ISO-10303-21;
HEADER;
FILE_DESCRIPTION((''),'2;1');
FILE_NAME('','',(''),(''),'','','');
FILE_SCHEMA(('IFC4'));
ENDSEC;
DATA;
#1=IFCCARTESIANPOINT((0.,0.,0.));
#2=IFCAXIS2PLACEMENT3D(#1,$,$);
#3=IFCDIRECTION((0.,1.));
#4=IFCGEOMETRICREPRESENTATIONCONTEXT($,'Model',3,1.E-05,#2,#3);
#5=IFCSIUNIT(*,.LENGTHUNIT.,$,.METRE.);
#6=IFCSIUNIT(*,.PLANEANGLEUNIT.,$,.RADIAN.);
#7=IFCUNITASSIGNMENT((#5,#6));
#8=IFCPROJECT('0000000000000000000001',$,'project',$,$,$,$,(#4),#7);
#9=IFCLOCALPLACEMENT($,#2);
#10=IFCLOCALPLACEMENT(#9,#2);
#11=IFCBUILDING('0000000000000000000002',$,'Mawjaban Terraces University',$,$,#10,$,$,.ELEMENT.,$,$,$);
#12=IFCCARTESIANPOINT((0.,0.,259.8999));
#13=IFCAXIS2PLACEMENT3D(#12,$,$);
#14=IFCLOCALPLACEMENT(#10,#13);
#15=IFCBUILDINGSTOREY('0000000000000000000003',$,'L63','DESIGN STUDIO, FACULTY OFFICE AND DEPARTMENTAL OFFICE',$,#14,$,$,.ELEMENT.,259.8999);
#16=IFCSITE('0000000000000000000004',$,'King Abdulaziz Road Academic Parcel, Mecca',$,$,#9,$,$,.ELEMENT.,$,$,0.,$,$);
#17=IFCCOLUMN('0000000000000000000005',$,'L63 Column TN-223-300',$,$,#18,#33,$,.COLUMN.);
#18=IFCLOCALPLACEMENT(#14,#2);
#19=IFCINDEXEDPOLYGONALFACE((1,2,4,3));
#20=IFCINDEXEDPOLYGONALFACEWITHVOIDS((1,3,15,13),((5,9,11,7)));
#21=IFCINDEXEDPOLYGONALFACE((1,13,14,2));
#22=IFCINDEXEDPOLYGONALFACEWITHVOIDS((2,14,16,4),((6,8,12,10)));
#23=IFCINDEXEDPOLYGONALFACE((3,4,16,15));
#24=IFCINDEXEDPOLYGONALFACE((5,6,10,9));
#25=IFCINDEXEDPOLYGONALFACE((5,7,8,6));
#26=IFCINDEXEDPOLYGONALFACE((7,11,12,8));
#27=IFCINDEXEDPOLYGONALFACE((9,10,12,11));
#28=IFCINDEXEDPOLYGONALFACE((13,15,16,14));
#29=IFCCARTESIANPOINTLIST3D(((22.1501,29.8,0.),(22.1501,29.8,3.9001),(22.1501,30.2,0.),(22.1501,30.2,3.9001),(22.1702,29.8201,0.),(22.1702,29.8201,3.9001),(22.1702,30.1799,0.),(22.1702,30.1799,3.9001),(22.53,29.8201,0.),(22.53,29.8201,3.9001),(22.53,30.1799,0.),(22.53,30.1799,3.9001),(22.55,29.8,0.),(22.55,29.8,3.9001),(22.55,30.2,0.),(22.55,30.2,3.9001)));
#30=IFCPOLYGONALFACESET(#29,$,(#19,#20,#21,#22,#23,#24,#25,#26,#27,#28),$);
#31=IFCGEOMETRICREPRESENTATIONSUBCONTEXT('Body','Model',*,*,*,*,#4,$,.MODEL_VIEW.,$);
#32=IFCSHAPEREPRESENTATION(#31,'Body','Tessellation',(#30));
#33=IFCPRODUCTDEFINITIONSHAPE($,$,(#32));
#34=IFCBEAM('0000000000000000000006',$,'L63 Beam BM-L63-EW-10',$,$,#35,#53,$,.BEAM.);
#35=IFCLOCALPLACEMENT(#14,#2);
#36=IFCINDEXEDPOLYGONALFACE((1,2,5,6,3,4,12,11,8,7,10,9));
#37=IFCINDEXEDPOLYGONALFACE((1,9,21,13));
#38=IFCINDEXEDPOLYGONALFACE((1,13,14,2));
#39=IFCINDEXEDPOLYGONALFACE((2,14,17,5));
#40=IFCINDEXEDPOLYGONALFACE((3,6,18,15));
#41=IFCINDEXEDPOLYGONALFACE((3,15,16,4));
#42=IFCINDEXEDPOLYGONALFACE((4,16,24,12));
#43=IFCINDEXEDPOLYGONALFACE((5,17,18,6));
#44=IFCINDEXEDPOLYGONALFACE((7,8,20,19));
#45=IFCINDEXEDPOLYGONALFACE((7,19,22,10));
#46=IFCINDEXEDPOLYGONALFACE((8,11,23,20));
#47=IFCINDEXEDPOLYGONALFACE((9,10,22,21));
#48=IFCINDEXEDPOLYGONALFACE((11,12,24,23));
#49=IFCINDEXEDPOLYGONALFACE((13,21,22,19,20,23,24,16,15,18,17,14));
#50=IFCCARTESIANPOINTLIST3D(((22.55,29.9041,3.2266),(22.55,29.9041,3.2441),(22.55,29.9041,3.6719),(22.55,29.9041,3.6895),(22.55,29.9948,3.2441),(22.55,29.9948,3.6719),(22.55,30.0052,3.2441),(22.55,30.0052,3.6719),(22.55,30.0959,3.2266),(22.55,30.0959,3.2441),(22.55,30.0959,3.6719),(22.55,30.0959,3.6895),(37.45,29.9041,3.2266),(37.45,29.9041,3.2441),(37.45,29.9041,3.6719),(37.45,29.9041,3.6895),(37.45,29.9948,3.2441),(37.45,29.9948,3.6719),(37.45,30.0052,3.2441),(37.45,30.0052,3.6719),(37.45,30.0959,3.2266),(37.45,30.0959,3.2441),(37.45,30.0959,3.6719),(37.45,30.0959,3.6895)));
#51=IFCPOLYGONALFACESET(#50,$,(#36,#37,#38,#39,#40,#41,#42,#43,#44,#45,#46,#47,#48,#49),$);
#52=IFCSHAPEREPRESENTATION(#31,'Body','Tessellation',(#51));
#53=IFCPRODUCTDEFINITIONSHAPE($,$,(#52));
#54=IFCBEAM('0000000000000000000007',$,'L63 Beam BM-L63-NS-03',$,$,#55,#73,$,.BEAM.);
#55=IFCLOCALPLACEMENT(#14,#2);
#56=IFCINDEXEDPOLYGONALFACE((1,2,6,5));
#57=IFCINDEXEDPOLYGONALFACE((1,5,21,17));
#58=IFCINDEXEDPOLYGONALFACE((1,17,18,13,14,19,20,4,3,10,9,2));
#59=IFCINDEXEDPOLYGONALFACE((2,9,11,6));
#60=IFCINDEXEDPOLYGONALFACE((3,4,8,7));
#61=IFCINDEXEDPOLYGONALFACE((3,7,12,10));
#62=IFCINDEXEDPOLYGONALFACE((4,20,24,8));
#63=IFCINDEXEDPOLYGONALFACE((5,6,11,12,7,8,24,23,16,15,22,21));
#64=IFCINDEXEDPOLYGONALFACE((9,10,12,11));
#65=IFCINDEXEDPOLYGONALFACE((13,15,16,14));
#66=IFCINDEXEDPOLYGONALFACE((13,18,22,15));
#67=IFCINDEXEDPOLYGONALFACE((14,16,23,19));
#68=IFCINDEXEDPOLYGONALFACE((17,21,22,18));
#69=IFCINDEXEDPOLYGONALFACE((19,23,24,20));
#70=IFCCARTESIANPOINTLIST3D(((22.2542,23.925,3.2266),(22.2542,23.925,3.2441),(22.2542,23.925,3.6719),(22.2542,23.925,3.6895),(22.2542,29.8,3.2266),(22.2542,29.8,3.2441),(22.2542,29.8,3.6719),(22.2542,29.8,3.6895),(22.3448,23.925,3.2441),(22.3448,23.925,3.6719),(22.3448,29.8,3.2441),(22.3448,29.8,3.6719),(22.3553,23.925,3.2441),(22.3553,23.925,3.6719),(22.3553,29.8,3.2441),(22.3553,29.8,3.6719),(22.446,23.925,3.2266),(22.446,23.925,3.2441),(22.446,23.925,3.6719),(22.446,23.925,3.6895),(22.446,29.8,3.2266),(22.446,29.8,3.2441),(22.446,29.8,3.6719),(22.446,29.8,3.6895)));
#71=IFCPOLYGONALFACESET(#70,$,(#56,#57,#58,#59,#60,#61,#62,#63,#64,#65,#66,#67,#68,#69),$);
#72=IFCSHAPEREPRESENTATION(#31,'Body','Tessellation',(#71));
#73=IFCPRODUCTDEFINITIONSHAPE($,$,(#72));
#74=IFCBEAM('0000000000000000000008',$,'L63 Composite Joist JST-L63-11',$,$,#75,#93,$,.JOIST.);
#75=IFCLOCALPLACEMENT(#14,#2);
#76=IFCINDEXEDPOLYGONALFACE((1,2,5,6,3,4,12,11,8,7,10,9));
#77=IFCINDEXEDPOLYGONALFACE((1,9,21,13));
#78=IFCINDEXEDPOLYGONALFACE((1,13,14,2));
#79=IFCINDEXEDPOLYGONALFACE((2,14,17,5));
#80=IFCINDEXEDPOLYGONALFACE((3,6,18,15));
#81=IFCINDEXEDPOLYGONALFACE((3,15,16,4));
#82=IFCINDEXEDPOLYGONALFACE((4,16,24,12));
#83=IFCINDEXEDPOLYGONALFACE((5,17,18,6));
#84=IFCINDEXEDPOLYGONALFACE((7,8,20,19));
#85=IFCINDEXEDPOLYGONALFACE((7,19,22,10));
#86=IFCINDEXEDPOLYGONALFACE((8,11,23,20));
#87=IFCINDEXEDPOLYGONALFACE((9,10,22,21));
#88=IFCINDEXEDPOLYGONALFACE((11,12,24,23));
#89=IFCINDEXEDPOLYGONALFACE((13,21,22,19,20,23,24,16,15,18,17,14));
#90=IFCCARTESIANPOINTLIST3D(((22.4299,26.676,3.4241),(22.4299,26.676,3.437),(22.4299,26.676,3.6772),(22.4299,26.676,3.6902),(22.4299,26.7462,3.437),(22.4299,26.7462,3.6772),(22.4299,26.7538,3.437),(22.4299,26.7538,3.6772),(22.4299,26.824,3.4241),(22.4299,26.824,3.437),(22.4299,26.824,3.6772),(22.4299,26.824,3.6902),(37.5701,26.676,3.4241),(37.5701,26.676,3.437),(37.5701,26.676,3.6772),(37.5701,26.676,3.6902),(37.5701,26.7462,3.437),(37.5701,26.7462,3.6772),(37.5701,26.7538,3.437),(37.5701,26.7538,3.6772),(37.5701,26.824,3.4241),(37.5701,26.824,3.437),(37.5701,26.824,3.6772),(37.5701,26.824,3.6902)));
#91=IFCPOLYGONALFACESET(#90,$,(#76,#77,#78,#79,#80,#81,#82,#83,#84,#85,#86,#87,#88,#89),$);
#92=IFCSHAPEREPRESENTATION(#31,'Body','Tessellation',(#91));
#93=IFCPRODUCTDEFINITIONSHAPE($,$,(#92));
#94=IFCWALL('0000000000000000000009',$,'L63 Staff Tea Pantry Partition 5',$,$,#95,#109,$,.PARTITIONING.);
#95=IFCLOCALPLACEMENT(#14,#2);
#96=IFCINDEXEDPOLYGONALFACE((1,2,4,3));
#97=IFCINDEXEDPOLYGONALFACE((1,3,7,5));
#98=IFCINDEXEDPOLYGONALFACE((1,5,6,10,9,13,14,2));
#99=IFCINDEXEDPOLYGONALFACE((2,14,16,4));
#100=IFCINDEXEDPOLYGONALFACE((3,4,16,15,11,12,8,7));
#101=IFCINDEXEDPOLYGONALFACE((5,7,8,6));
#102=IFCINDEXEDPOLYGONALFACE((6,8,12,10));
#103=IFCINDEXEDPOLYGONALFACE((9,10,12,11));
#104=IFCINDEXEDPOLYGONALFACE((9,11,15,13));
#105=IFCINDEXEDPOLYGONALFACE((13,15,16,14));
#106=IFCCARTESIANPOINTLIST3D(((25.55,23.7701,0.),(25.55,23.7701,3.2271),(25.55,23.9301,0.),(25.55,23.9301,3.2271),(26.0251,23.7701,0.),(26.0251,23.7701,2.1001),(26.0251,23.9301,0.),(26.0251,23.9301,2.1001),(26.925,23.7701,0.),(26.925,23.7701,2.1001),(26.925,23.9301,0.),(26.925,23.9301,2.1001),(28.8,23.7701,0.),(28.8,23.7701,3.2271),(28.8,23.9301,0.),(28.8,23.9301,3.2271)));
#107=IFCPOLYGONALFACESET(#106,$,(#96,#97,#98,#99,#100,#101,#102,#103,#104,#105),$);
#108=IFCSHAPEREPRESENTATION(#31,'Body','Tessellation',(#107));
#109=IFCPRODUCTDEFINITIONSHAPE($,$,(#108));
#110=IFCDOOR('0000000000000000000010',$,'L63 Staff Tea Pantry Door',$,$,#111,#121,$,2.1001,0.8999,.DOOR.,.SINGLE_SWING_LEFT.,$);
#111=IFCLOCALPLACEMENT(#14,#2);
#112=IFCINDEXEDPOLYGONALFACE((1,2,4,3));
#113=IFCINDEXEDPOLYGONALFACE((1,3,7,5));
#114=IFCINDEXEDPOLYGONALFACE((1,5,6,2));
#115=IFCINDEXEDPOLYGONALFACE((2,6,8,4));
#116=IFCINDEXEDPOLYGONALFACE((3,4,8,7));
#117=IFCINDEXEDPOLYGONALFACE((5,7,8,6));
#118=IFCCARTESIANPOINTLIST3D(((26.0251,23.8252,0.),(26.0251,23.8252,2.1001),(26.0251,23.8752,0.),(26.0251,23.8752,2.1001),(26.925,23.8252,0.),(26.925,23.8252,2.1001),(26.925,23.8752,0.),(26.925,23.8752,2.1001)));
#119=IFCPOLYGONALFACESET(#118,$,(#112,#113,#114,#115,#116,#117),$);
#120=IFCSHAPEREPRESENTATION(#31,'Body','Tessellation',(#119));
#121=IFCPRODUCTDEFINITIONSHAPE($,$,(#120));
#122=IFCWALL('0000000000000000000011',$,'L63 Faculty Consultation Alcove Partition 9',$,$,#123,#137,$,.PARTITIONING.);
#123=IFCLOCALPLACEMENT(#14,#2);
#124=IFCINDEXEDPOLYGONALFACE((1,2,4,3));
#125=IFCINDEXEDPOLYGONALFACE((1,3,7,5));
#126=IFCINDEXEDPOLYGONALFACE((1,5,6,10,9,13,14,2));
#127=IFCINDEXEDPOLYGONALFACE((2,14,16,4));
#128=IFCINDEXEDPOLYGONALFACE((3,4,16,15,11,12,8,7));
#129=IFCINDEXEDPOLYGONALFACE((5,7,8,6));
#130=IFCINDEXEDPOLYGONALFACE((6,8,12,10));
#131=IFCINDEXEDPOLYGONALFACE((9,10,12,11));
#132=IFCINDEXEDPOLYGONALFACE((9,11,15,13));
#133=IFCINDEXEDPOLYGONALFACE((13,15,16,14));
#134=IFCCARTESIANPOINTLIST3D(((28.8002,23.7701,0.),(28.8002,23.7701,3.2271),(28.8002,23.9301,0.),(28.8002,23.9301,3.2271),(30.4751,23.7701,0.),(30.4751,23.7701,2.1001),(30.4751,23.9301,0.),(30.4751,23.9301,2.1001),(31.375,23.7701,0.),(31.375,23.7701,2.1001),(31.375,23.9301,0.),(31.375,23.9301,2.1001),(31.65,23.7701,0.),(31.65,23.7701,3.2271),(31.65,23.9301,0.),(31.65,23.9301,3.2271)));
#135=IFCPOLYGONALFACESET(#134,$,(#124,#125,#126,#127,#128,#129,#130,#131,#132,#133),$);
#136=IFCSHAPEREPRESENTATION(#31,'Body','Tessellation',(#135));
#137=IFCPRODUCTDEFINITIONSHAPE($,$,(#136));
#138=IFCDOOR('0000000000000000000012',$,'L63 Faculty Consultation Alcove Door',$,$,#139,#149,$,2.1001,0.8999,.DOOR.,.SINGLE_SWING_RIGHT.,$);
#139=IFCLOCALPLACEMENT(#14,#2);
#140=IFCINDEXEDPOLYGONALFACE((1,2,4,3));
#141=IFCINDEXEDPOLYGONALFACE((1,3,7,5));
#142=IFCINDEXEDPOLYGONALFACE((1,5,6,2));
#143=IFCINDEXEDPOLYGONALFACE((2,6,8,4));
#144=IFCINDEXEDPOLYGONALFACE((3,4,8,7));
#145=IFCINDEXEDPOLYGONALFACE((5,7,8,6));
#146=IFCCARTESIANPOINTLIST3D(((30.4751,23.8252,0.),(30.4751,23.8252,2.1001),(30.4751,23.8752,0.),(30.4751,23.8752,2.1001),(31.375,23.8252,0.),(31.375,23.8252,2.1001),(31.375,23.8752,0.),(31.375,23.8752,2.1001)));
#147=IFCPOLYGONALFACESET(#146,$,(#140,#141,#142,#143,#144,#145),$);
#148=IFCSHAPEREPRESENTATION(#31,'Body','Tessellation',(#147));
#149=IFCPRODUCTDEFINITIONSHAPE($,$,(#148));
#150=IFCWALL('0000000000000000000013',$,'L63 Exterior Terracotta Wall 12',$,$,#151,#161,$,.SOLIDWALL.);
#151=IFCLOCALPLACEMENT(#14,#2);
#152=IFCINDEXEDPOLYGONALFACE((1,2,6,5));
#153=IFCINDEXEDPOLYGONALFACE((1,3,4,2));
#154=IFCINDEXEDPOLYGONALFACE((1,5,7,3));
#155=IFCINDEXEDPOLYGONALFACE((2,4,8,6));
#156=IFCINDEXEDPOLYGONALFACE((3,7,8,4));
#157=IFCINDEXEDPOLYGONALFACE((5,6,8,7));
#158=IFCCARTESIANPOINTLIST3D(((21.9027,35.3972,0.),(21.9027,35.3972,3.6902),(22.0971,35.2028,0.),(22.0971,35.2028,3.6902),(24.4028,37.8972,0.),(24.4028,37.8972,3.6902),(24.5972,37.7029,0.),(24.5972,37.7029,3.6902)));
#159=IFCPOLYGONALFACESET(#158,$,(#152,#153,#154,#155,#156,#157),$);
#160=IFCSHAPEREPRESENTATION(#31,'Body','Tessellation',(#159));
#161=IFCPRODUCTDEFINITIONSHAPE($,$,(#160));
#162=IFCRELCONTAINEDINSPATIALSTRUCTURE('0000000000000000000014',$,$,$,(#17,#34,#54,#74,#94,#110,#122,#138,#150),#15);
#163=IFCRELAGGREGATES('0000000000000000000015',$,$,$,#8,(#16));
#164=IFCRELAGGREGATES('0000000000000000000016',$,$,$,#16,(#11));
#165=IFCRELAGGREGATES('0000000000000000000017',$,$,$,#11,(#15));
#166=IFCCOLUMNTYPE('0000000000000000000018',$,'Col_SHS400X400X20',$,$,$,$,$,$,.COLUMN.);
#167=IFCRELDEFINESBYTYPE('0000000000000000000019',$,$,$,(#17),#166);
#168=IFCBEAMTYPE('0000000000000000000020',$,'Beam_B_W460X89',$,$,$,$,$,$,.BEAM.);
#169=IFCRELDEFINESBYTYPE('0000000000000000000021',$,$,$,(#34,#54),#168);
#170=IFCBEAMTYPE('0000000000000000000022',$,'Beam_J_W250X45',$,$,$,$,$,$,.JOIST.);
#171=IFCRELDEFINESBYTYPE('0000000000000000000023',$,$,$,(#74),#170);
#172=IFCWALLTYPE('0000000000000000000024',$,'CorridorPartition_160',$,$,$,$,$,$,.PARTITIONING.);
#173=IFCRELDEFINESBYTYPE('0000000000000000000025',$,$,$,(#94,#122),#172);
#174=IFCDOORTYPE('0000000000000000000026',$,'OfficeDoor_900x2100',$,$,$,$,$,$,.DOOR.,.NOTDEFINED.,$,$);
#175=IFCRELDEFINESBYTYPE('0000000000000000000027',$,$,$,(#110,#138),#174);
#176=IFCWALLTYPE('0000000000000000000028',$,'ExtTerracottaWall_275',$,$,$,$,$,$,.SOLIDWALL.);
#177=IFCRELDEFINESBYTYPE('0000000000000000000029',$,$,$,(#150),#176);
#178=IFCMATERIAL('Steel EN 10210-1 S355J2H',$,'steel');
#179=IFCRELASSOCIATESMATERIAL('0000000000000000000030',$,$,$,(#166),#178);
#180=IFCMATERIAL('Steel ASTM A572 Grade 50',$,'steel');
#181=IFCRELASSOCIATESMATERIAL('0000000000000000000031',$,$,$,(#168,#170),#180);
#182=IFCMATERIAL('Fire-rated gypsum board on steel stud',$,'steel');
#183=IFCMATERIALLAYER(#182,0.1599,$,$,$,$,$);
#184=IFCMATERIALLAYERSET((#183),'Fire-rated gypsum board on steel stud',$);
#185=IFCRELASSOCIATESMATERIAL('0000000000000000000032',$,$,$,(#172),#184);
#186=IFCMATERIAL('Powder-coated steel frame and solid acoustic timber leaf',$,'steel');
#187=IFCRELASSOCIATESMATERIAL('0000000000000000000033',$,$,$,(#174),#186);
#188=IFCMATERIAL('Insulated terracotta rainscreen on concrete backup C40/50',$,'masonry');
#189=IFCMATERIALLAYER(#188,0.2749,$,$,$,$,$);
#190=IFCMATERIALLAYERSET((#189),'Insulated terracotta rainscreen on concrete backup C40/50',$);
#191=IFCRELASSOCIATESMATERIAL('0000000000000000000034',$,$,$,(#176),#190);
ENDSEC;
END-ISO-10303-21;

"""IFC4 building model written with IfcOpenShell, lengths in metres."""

from ifc_helpers import new_model, si_unit, direction, frame, frame_2d, origin, origin_2d, place, context, subcontext, project, spatial, rectangle, hollow_rectangle, i_section, extrude, material, layer, layer_set, material_profile, profile_set, type_object, element, fill, save


model = new_model("IFC4")

# Units and contexts
model_context = context("Model", 3, precision=1e-05, world=origin(), true_north=direction((0.0, 1.0)))
body_context = subcontext(model_context, "Body", "Model", "MODEL_VIEW")
ifc_project = project(units=[si_unit("LENGTHUNIT", "METRE"), si_unit("PLANEANGLEUNIT", "RADIAN")], contexts=[model_context])

# Site, building, storey
site_placement = place(None, origin())
site = spatial("IfcSite", under=ifc_project, at=site_placement, Name="King Abdulaziz Road Academic Parcel, Mecca", CompositionType="ELEMENT", RefElevation=0.0)
building_placement = place(site_placement, origin())
building = spatial("IfcBuilding", under=site, at=building_placement, Name="Mawjaban Terraces University", CompositionType="ELEMENT")
storey_placement = place(building_placement, frame((0.0, 0.0, 259.8999)))
storey = spatial("IfcBuildingStorey", under=building, at=storey_placement, Name="L63", Description="DESIGN STUDIO, FACULTY OFFICE AND DEPARTMENTAL OFFICE", CompositionType="ELEMENT", Elevation=259.8999)

# Column
ifc_material_1 = material(Name="Steel EN 10210-1 S355J2H", Category="steel")
ifc_material_profile_1 = material_profile(ifc_material_1, hollow_rectangle(XDim=0.3999, YDim=0.3999, WallThickness=0.02, at=origin_2d()), Name="SHS400X400X20")
ifc_profile_set_1 = profile_set([ifc_material_profile_1], Name="Steel EN 10210-1 S355J2H")
column_type = type_object("IfcColumnType", Name="Col_SHS400X400X20", PredefinedType="COLUMN", material=ifc_profile_set_1)
column_placement = place(storey_placement, frame((22.3501, 30.0, 0.0), z_axis=(0.0, 0.0, 1.0), x_axis=(1.0, 0.0, 0.0)))
element("IfcColumn", 1, at=column_placement, inside=storey, type_object=column_type, Name="L63 Column TN-223-300", PredefinedType="COLUMN", context=body_context, shape_type="SweptSolid", body=[
    extrude(hollow_rectangle(XDim=0.3999, YDim=0.3999, WallThickness=0.02, at=origin_2d()), origin(), (0.0, 0.0, 1.0), 3.9001),
])

# Beams
ifc_material_2 = material(Name="Steel ASTM A572 Grade 50", Category="steel")
ifc_material_profile_2 = material_profile(ifc_material_2, i_section(OverallWidth=0.1919, OverallDepth=0.4629, WebThickness=0.0105, FlangeThickness=0.0176, at=origin_2d()), Name="W460X89")
ifc_profile_set_2 = profile_set([ifc_material_profile_2], Name="Steel ASTM A572 Grade 50")
beam_type_1 = type_object("IfcBeamType", Name="Beam_B_W460X89", PredefinedType="BEAM", material=ifc_profile_set_2)
beam_1_placement = place(storey_placement, frame((22.55, 30.0, 3.458), z_axis=(1.0, 0.0, 0.0), x_axis=(0.0, 1.0, 0.0)))
element("IfcBeam", 2, at=beam_1_placement, inside=storey, type_object=beam_type_1, Name="L63 Beam BM-L63-EW-10", PredefinedType="BEAM", context=body_context, shape_type="SweptSolid", body=[
    extrude(i_section(OverallWidth=0.1919, OverallDepth=0.4629, WebThickness=0.0105, FlangeThickness=0.0176, at=origin_2d()), origin(), (0.0, 0.0, 1.0), 14.8999),
])
beam_2_placement = place(storey_placement, frame((22.3501, 23.925, 3.458), z_axis=(0.0, 1.0, 0.0), x_axis=(-1.0, 0.0, 0.0)))
element("IfcBeam", 3, at=beam_2_placement, inside=storey, type_object=beam_type_1, Name="L63 Beam BM-L63-NS-03", PredefinedType="BEAM", context=body_context, shape_type="SweptSolid", body=[
    extrude(i_section(OverallWidth=0.1919, OverallDepth=0.4629, WebThickness=0.0105, FlangeThickness=0.0176, at=origin_2d()), origin(), (0.0, 0.0, 1.0), 5.875),
])
ifc_material_profile_3 = material_profile(ifc_material_2, i_section(OverallWidth=0.1479, OverallDepth=0.2661, WebThickness=0.0076, FlangeThickness=0.0129, at=origin_2d()), Name="W250X45")
ifc_profile_set_3 = profile_set([ifc_material_profile_3], Name="Steel ASTM A572 Grade 50")
beam_type_2 = type_object("IfcBeamType", Name="Beam_J_W250X45", PredefinedType="JOIST", material=ifc_profile_set_3)
beam_3_placement = place(storey_placement, frame((22.4299, 26.75, 3.5571), z_axis=(1.0, 0.0, 0.0), x_axis=(0.0, 1.0, 0.0)))
element("IfcBeam", 4, at=beam_3_placement, inside=storey, type_object=beam_type_2, Name="L63 Composite Joist JST-L63-11", PredefinedType="JOIST", context=body_context, shape_type="SweptSolid", body=[
    extrude(i_section(OverallWidth=0.1479, OverallDepth=0.2661, WebThickness=0.0076, FlangeThickness=0.0129, at=origin_2d()), origin(), (0.0, 0.0, 1.0), 15.1401),
])

# Walls, openings, doors
ifc_material_3 = material(Name="Fire-rated gypsum board on steel stud", Category="steel")
ifc_layer_1 = layer(ifc_material_3, 0.1599)
ifc_layer_set_1 = layer_set([ifc_layer_1], Name="Fire-rated gypsum board on steel stud")
wall_type_1 = type_object("IfcWallType", Name="CorridorPartition_160", PredefinedType="PARTITIONING", material=ifc_layer_set_1)
wall_1_placement = place(storey_placement, frame((28.8, 23.8501, 0.0), z_axis=(0.0, 0.0, 1.0), x_axis=(-1.0, 0.0, 0.0)))
wall_1 = element("IfcWall", 5, at=wall_1_placement, inside=storey, type_object=wall_type_1, Name="L63 Staff Tea Pantry Partition 5", PredefinedType="PARTITIONING", context=body_context, shape_type="SweptSolid", body=[
    extrude(rectangle(XDim=3.25, YDim=0.1599, at=frame_2d((1.625, 0.0))), origin(), (0.0, 0.0, 1.0), 3.2271),
])
opening_1_placement = place(wall_1_placement, frame((1.875, 0.0, 0.0)))
opening_1 = element("IfcOpeningElement", 6, at=opening_1_placement, cuts=wall_1, PredefinedType="OPENING", context=body_context, shape_type="SweptSolid", body=[
    extrude(rectangle(XDim=0.8999, YDim=2.1001, at=frame_2d((0.45, 1.05))), frame((0.0, 0.0898, 0.0), z_axis=(0.0, -1.0, 0.0), x_axis=(1.0, 0.0, 0.0)), (0.0, 0.0, 1.0), 0.1799),
])
ifc_material_4 = material(Name="Powder-coated steel frame and solid acoustic timber leaf", Category="steel")
door_type_1 = type_object("IfcDoorType", Name="OfficeDoor_900x2100", OperationType="NOTDEFINED", PredefinedType="DOOR", material=ifc_material_4)
door_1_placement = place(opening_1_placement, origin())
door_1 = element("IfcDoor", 7, at=door_1_placement, inside=storey, type_object=door_type_1, Name="L63 Staff Tea Pantry Door", OperationType="SINGLE_SWING_LEFT", OverallHeight=2.1001, OverallWidth=0.8999, PredefinedType="DOOR", context=body_context, shape_type="SweptSolid", body=[
    extrude(rectangle(XDim=0.8999, YDim=2.1001, at=frame_2d((0.45, 1.05))), frame((0.0, 0.0249, 0.0), z_axis=(0.0, -1.0, 0.0), x_axis=(1.0, 0.0, 0.0)), (0.0, 0.0, 1.0), 0.05),
])
fill(opening_1, door_1)
wall_2_placement = place(storey_placement, frame((31.6499, 23.8501, 0.0), z_axis=(0.0, 0.0, 1.0), x_axis=(-1.0, 0.0, 0.0)))
wall_2 = element("IfcWall", 8, at=wall_2_placement, inside=storey, type_object=wall_type_1, Name="L63 Faculty Consultation Alcove Partition 9", PredefinedType="PARTITIONING", context=body_context, shape_type="SweptSolid", body=[
    extrude(rectangle(XDim=2.8499, YDim=0.1599, at=frame_2d((1.4248, 0.0))), origin(), (0.0, 0.0, 1.0), 3.2271),
])
opening_2_placement = place(wall_2_placement, frame((0.2749, 0.0, 0.0)))
opening_2 = element("IfcOpeningElement", 9, at=opening_2_placement, cuts=wall_2, PredefinedType="OPENING", context=body_context, shape_type="SweptSolid", body=[
    extrude(rectangle(XDim=0.8999, YDim=2.1001, at=frame_2d((0.45, 1.05))), frame((0.0, 0.0898, 0.0), z_axis=(0.0, -1.0, 0.0), x_axis=(1.0, 0.0, 0.0)), (0.0, 0.0, 1.0), 0.1799),
])
door_2_placement = place(opening_2_placement, origin())
door_2 = element("IfcDoor", 10, at=door_2_placement, inside=storey, type_object=door_type_1, Name="L63 Faculty Consultation Alcove Door", OperationType="SINGLE_SWING_RIGHT", OverallHeight=2.1001, OverallWidth=0.8999, PredefinedType="DOOR", context=body_context, shape_type="SweptSolid", body=[
    extrude(rectangle(XDim=0.8999, YDim=2.1001, at=frame_2d((0.45, 1.05))), frame((0.0, 0.0249, 0.0), z_axis=(0.0, -1.0, 0.0), x_axis=(1.0, 0.0, 0.0)), (0.0, 0.0, 1.0), 0.05),
])
fill(opening_2, door_2)

# Wall
ifc_material_5 = material(Name="Insulated terracotta rainscreen on concrete backup C40/50", Category="masonry")
ifc_layer_2 = layer(ifc_material_5, 0.2749)
ifc_layer_set_2 = layer_set([ifc_layer_2], Name="Insulated terracotta rainscreen on concrete backup C40/50")
wall_type_2 = type_object("IfcWallType", Name="ExtTerracottaWall_275", PredefinedType="SOLIDWALL", material=ifc_layer_set_2)
wall_3_placement = place(storey_placement, frame((24.5, 37.8, 0.0), z_axis=(0.0, 0.0, 1.0), x_axis=(-0.707107, -0.707107, 0.0)))
element("IfcWall", 11, at=wall_3_placement, inside=storey, type_object=wall_type_2, Name="L63 Exterior Terracotta Wall 12", PredefinedType="SOLIDWALL", context=body_context, shape_type="SweptSolid", body=[
    extrude(rectangle(XDim=3.5356, YDim=0.2749, at=frame_2d((1.7678, 0.0))), origin(), (0.0, 0.0, 1.0), 3.6902),
])

save(model, "model.ifc")
